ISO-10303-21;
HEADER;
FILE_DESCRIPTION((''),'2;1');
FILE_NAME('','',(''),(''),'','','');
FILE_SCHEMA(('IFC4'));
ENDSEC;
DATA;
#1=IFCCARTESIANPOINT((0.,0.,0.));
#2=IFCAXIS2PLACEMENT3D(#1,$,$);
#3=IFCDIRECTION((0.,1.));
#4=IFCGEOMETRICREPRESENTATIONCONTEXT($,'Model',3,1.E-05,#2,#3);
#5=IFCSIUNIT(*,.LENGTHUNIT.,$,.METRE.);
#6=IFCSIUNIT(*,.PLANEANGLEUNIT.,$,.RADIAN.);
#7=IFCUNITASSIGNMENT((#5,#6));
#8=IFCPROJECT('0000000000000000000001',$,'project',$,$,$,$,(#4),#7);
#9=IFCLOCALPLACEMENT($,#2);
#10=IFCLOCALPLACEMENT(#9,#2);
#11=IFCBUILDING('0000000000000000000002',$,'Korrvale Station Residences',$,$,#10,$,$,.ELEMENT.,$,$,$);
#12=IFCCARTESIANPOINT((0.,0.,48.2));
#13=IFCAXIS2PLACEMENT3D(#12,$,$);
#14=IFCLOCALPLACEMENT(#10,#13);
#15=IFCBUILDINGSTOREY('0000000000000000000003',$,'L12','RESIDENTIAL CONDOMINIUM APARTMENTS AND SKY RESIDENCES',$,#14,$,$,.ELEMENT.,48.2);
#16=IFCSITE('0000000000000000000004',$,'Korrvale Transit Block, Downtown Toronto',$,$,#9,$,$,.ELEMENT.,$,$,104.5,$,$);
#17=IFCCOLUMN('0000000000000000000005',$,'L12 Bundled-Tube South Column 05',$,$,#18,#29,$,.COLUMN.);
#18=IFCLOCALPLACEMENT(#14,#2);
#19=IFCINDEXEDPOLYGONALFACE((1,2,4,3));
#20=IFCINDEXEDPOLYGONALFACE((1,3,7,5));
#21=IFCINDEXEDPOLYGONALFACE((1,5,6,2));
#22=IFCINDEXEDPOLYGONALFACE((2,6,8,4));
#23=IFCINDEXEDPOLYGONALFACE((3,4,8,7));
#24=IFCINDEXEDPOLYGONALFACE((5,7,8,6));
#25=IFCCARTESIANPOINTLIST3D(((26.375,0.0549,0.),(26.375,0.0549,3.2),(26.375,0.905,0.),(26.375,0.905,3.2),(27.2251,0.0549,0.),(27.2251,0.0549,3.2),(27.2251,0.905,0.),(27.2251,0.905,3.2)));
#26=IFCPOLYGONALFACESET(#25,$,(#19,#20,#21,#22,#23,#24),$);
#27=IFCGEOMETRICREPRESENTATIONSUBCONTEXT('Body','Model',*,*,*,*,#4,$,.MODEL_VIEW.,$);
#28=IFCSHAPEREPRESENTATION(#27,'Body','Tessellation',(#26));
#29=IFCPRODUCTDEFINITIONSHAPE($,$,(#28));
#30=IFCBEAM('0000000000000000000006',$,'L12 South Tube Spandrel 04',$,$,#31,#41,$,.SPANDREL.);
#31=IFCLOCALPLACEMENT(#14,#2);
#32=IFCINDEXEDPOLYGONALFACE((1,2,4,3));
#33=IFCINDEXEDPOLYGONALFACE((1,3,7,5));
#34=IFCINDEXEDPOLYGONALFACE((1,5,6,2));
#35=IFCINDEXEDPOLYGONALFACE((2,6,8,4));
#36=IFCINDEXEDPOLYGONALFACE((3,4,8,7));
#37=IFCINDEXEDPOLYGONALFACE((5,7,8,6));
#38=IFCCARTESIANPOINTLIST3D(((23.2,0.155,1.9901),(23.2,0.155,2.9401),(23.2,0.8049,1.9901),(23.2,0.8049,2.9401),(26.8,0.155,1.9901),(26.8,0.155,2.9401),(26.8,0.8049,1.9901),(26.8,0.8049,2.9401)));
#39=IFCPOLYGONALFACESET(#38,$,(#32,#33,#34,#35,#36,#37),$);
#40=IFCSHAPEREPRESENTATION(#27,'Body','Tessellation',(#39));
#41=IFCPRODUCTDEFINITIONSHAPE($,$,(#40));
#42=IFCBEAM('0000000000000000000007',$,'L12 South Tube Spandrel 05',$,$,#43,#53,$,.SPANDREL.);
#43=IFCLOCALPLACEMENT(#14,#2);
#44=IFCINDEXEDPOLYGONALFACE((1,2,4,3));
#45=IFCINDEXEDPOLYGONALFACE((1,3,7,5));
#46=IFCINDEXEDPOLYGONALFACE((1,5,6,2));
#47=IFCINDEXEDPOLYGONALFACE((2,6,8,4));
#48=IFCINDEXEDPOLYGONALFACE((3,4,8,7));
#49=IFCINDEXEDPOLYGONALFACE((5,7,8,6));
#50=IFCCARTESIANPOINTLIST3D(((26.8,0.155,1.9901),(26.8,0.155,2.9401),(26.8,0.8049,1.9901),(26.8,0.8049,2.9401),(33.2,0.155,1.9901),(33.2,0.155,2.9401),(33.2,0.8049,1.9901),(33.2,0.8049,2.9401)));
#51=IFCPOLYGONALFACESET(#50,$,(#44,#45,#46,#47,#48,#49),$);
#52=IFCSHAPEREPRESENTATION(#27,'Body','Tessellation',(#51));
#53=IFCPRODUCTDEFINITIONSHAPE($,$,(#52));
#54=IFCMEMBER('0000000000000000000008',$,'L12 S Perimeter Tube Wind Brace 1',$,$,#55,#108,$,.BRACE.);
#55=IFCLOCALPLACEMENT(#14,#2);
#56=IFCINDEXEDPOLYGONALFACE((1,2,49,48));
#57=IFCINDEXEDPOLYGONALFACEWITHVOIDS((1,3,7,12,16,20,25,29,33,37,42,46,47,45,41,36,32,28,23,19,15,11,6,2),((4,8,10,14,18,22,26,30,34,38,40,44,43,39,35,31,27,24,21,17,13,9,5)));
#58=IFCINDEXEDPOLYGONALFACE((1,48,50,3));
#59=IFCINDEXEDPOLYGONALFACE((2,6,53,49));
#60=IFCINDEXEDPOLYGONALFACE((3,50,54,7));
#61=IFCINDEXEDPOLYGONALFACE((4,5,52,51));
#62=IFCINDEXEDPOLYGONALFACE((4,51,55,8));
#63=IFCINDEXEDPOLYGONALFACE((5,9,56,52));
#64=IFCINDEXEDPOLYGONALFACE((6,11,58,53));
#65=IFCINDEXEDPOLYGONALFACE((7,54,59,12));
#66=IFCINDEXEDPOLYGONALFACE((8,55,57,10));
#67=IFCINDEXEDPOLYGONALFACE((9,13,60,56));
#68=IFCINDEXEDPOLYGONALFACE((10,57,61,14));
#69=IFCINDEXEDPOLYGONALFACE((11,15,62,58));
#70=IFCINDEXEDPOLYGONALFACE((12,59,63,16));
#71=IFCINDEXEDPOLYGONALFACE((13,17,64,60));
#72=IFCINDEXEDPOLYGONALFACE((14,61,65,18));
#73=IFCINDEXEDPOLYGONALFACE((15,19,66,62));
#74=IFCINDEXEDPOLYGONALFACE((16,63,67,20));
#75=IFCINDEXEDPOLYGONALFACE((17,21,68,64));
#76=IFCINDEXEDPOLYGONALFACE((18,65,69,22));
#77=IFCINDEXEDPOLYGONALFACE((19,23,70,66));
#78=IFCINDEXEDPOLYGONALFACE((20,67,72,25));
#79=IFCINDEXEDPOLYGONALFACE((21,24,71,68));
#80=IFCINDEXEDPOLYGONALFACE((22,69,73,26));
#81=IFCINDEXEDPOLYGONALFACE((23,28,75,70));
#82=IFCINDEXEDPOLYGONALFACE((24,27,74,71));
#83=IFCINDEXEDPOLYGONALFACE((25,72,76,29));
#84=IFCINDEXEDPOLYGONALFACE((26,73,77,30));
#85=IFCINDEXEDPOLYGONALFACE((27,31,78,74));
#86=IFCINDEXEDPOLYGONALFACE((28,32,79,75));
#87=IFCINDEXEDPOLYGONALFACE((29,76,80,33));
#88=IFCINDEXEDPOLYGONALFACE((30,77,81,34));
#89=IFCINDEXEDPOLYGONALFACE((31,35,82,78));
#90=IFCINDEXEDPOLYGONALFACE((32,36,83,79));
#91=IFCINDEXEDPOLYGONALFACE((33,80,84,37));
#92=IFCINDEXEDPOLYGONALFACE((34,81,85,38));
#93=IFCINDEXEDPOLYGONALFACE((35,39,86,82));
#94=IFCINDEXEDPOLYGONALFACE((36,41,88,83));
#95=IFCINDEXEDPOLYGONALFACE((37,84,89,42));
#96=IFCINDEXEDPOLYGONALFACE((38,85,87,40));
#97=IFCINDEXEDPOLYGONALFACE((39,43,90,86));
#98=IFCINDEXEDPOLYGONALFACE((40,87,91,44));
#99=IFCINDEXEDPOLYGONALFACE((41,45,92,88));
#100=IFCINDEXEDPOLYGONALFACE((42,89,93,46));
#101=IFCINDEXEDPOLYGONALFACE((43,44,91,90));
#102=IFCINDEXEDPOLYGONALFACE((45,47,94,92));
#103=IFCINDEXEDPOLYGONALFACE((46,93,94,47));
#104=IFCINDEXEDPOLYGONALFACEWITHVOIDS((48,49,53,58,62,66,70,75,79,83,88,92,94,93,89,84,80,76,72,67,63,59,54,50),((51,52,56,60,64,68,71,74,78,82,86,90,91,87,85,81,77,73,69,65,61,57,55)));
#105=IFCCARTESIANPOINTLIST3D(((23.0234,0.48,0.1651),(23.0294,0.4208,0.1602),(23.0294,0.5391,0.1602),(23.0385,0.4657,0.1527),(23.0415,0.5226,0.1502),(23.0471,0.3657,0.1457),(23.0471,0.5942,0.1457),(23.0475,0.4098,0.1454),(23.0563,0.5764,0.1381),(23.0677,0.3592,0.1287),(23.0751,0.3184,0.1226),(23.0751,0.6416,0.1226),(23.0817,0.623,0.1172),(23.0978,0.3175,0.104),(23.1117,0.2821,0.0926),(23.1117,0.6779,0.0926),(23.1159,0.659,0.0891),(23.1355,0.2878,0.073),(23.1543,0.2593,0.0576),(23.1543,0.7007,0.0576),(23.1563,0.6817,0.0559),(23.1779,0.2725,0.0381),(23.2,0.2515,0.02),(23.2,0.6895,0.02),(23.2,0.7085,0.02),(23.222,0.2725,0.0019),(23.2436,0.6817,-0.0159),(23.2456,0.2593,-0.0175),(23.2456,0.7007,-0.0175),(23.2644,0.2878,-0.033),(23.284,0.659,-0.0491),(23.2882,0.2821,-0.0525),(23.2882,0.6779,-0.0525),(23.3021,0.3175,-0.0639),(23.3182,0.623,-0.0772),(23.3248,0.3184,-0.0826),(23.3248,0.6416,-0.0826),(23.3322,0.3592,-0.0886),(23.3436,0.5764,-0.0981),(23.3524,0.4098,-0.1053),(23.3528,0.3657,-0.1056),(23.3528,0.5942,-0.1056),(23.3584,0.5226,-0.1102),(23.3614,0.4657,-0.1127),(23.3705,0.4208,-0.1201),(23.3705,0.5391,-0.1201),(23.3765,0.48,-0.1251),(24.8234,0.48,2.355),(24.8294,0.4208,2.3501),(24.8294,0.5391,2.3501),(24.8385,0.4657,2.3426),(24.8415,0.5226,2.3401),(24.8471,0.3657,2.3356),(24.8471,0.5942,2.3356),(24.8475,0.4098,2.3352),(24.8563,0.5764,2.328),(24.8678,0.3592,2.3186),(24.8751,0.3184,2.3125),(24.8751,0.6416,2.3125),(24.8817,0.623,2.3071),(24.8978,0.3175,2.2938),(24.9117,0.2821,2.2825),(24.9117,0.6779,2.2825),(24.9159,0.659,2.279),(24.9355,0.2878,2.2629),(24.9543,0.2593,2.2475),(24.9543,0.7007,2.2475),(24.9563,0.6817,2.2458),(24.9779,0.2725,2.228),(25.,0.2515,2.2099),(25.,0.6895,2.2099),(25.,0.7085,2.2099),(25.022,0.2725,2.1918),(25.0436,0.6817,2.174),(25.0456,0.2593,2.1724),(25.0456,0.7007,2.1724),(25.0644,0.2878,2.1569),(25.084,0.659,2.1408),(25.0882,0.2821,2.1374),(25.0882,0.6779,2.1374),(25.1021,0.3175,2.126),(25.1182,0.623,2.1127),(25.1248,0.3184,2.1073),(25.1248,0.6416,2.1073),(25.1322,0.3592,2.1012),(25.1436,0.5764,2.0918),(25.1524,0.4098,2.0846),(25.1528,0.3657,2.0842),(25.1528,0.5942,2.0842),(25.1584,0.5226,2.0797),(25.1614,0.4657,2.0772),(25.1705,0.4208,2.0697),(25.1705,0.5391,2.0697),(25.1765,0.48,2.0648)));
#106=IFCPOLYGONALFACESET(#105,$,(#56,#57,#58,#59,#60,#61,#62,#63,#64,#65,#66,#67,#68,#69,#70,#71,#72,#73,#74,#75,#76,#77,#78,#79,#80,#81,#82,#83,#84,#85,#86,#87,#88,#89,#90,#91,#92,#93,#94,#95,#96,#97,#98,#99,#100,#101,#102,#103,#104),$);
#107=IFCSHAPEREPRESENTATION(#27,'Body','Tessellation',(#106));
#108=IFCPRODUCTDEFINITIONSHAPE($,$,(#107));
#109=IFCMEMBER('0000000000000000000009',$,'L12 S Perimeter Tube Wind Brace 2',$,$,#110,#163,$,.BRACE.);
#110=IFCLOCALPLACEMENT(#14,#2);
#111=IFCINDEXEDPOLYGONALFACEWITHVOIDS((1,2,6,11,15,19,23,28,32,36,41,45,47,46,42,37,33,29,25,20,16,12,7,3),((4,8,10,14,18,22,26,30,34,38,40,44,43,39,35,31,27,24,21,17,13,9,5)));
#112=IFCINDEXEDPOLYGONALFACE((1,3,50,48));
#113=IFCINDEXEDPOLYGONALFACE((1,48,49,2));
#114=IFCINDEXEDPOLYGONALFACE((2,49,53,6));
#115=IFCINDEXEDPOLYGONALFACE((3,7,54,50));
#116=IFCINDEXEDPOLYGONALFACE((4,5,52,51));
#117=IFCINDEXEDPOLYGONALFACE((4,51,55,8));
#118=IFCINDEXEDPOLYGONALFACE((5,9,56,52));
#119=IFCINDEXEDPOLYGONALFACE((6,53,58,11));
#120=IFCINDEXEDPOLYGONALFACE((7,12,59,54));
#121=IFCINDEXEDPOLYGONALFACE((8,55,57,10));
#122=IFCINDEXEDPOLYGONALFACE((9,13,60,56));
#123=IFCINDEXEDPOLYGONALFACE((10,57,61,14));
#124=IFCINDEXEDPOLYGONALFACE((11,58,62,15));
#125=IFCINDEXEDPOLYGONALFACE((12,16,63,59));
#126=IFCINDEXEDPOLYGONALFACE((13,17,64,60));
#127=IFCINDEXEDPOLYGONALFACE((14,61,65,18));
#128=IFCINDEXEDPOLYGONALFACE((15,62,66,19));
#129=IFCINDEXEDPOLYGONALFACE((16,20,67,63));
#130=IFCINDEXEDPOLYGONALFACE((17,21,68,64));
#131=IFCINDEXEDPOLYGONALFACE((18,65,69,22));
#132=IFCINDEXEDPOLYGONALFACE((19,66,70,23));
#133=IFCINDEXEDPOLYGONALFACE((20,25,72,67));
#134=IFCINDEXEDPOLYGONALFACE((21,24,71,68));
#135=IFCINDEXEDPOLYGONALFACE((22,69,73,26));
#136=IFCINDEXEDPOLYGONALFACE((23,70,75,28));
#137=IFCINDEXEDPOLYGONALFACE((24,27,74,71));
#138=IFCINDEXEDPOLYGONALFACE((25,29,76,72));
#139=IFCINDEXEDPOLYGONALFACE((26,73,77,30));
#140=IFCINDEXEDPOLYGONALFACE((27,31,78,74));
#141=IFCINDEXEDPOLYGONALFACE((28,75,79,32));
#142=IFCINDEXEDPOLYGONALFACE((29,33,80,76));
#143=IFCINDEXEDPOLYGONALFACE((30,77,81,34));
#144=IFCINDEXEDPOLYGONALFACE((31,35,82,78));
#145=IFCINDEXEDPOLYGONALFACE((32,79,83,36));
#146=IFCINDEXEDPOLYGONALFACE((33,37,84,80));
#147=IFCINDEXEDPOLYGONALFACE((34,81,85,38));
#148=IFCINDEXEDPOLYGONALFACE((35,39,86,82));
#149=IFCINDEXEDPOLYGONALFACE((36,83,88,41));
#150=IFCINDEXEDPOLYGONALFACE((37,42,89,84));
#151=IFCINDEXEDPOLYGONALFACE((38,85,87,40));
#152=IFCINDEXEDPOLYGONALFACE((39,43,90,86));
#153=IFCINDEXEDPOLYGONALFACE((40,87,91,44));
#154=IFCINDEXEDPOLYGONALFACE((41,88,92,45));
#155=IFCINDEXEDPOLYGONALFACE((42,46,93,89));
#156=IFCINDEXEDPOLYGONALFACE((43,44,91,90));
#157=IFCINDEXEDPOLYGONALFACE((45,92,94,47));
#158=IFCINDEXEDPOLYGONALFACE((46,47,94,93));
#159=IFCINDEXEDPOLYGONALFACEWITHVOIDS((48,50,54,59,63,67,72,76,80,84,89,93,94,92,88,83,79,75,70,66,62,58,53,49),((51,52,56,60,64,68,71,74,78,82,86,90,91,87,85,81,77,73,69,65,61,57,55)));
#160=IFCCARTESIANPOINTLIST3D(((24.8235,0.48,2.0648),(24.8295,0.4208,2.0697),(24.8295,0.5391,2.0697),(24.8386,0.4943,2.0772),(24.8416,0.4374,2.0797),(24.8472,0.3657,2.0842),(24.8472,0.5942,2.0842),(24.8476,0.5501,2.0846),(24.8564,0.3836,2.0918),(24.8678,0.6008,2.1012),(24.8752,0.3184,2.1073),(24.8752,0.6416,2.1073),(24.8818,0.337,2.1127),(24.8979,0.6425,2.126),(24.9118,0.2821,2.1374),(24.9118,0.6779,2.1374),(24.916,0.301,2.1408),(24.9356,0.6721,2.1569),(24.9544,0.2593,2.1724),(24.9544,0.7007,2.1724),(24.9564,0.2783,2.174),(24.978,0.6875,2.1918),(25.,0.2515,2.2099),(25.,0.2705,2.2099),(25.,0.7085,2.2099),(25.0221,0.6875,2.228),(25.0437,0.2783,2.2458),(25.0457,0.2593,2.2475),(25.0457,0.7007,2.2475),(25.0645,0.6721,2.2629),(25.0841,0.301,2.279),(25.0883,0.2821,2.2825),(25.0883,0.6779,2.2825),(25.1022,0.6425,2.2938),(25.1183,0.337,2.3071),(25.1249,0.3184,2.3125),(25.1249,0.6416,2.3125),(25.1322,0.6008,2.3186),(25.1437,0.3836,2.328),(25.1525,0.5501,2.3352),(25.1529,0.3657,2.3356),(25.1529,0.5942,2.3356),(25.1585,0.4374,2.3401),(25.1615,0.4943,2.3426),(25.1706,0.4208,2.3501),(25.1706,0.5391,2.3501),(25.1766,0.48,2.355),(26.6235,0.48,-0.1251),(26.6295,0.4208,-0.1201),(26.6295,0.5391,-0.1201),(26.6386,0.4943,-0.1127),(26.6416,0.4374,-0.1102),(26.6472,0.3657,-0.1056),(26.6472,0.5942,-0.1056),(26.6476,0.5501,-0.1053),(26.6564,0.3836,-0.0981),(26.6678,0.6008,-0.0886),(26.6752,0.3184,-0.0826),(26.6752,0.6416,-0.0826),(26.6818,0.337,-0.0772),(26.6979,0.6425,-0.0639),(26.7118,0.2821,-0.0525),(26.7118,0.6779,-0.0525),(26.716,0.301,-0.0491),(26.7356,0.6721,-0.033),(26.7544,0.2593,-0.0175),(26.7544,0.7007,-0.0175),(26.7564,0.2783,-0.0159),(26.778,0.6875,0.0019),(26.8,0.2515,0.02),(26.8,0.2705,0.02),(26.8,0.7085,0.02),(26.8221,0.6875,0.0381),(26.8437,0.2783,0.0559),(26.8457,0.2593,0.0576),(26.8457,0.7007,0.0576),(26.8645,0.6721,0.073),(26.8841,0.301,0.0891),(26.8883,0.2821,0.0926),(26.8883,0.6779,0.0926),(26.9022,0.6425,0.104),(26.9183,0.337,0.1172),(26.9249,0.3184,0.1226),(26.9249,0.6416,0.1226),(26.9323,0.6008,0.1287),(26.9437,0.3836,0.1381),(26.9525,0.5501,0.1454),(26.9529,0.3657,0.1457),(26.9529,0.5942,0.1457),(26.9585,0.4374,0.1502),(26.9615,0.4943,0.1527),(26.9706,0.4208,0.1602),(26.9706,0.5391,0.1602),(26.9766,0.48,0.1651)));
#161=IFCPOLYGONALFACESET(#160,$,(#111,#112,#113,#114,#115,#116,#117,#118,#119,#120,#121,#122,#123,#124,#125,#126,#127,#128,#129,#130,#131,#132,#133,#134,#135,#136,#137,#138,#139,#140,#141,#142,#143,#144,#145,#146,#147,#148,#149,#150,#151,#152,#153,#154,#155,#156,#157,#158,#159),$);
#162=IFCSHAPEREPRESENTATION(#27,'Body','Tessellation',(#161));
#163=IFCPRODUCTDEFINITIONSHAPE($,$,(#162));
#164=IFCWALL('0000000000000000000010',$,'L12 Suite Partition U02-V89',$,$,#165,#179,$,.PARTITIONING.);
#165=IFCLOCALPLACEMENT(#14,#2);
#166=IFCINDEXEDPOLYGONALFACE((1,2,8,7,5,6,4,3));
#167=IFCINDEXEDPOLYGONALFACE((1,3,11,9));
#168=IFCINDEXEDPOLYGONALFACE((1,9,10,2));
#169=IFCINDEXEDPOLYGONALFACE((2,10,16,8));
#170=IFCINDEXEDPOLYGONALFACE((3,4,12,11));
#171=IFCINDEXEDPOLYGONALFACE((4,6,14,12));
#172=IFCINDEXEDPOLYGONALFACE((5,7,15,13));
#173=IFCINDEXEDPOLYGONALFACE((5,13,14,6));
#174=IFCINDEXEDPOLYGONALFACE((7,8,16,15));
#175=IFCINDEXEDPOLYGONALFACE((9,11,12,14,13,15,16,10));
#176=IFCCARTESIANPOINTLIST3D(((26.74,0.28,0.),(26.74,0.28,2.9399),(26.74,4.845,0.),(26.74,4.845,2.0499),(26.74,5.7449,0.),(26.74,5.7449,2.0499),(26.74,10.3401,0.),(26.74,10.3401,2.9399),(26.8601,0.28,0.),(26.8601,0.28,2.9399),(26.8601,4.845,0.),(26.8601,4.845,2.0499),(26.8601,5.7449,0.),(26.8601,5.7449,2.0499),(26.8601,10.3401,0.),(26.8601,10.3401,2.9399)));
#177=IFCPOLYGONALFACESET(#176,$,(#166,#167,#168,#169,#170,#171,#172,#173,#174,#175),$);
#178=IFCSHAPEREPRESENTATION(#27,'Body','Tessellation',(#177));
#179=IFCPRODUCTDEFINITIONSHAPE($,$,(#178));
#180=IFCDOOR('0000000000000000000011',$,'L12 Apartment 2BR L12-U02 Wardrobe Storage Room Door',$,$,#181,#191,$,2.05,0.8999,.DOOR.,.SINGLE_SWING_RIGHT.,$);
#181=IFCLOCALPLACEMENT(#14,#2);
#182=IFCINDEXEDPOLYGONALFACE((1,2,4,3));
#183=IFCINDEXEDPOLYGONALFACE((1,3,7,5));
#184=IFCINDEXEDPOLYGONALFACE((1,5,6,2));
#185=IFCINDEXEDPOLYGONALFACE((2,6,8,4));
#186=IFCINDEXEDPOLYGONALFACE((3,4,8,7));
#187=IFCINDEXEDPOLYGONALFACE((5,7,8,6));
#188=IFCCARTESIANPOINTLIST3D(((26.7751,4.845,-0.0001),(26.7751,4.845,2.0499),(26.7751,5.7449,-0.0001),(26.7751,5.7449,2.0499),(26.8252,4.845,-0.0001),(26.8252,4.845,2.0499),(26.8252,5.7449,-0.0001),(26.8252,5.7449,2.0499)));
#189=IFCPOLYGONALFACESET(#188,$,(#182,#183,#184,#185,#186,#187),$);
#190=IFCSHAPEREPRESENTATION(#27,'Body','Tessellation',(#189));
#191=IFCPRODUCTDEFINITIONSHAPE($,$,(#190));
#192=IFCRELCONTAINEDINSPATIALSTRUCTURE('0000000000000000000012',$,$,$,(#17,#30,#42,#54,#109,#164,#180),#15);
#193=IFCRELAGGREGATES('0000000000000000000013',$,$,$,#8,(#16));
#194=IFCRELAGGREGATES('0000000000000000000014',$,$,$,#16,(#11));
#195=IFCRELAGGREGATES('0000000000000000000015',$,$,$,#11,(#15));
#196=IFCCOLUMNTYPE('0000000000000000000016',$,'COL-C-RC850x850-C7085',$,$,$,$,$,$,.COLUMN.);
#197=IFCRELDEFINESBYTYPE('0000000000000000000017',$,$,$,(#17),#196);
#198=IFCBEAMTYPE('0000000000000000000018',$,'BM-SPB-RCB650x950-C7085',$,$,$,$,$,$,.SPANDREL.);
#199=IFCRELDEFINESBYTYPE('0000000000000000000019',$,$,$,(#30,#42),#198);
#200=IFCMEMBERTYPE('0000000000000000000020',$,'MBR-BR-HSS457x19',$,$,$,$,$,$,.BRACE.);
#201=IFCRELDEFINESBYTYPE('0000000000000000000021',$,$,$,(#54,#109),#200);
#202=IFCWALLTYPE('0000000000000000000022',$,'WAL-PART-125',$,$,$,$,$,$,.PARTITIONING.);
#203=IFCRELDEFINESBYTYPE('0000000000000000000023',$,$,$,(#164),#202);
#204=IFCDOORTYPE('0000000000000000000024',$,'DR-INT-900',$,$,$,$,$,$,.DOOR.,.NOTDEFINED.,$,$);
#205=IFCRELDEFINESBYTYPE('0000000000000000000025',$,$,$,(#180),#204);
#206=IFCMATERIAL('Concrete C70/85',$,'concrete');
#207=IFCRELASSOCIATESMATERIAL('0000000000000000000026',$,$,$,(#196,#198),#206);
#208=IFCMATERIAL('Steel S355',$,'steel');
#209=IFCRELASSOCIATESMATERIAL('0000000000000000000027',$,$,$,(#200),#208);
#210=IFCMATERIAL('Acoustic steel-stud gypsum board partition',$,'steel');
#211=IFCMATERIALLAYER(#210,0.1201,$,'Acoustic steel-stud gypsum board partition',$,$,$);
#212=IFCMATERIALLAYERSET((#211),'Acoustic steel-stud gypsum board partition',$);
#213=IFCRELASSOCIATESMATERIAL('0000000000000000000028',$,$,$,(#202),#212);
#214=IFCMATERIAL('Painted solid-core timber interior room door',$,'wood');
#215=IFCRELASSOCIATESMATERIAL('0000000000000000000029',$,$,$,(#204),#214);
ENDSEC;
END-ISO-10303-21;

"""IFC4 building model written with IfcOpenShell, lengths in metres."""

from ifc_helpers import new_model, si_unit, direction, frame, frame_2d, origin, origin_2d, place, context, subcontext, project, spatial, rectangle, hollow_circle, extrude, material, layer, layer_set, material_profile, profile_set, type_object, element, fill, save


model = new_model("IFC4")

# Units and contexts
model_context = context("Model", 3, precision=1e-05, world=origin(), true_north=direction((0.0, 1.0)))
body_context = subcontext(model_context, "Body", "Model", "MODEL_VIEW")
ifc_project = project(units=[si_unit("LENGTHUNIT", "METRE"), si_unit("PLANEANGLEUNIT", "RADIAN")], contexts=[model_context])

# Site, building, storey
site_placement = place(None, origin())
site = spatial("IfcSite", under=ifc_project, at=site_placement, Name="Korrvale Transit Block, Downtown Toronto", CompositionType="ELEMENT", RefElevation=104.5)
building_placement = place(site_placement, origin())
building = spatial("IfcBuilding", under=site, at=building_placement, Name="Korrvale Station Residences", CompositionType="ELEMENT")
storey_placement = place(building_placement, frame((0.0, 0.0, 48.2)))
storey = spatial("IfcBuildingStorey", under=building, at=storey_placement, Name="L12", Description="RESIDENTIAL CONDOMINIUM APARTMENTS AND SKY RESIDENCES", CompositionType="ELEMENT", Elevation=48.2)

# Column
ifc_material_1 = material(Name="Concrete C70/85", Category="concrete")
ifc_material_profile_1 = material_profile(ifc_material_1, rectangle(XDim=0.8501, YDim=0.8501, at=origin_2d()), Name="RC850x850")
ifc_profile_set_1 = profile_set([ifc_material_profile_1], Name="Concrete C70/85")
column_type = type_object("IfcColumnType", Name="COL-C-RC850x850-C7085", PredefinedType="COLUMN", material=ifc_profile_set_1)
column_placement = place(storey_placement, frame((26.8, 0.48, 0.0), z_axis=(0.0, 0.0, 1.0), x_axis=(1.0, 0.0, 0.0)))
element("IfcColumn", 1, at=column_placement, inside=storey, type_object=column_type, Name="L12 Bundled-Tube South Column 05", PredefinedType="COLUMN", context=body_context, shape_type="SweptSolid", body=[
    extrude(rectangle(XDim=0.8501, YDim=0.8501, at=origin_2d()), origin(), (0.0, 0.0, 1.0), 3.2),
])

# Beams
ifc_material_profile_2 = material_profile(ifc_material_1, rectangle(XDim=0.6499, YDim=0.95, at=origin_2d()), Name="RCB650x950")
ifc_profile_set_2 = profile_set([ifc_material_profile_2], Name="Concrete C70/85")
beam_type = type_object("IfcBeamType", Name="BM-SPB-RCB650x950-C7085", PredefinedType="SPANDREL", material=ifc_profile_set_2)
beam_1_placement = place(storey_placement, frame((23.2, 0.48, 2.4651), z_axis=(1.0, 0.0, 0.0), x_axis=(0.0, 1.0, 0.0)))
element("IfcBeam", 2, at=beam_1_placement, inside=storey, type_object=beam_type, Name="L12 South Tube Spandrel 04", PredefinedType="SPANDREL", context=body_context, shape_type="SweptSolid", body=[
    extrude(rectangle(XDim=0.6499, YDim=0.95, at=origin_2d()), origin(), (0.0, 0.0, 1.0), 3.6001),
])
beam_2_placement = place(storey_placement, frame((26.8, 0.48, 2.4651), z_axis=(1.0, 0.0, 0.0), x_axis=(0.0, 1.0, 0.0)))
element("IfcBeam", 3, at=beam_2_placement, inside=storey, type_object=beam_type, Name="L12 South Tube Spandrel 05", PredefinedType="SPANDREL", context=body_context, shape_type="SweptSolid", body=[
    extrude(rectangle(XDim=0.6499, YDim=0.95, at=origin_2d()), origin(), (0.0, 0.0, 1.0), 6.3999),
])

# Members
ifc_material_2 = material(Name="Steel S355", Category="steel")
ifc_material_profile_3 = material_profile(ifc_material_2, hollow_circle(Radius=0.2285, WallThickness=0.019, at=origin_2d()), Name="HSS457x19")
ifc_profile_set_3 = profile_set([ifc_material_profile_3], Name="Steel S355")
member_type = type_object("IfcMemberType", Name="MBR-BR-HSS457x19", PredefinedType="BRACE", material=ifc_profile_set_3)
for number, where, z_axis, x_axis, name in (
    (4, (23.2, 0.48, 0.02), (0.634985, 0.0, 0.772524), (0.0, 1.0, 0.0), "L12 S Perimeter Tube Wind Brace 1"),
    (5, (26.8, 0.48, 0.02), (-0.634985, 0.0, 0.772524), (0.0, -1.0, 0.0), "L12 S Perimeter Tube Wind Brace 2"),
):
    element("IfcMember", number, at=place(storey_placement, frame(where, z_axis=z_axis, x_axis=x_axis)), inside=storey, type_object=member_type, Name=name, PredefinedType="BRACE", context=body_context, shape_type="SweptSolid", body=[
        extrude(hollow_circle(Radius=0.2285, WallThickness=0.019, at=origin_2d()), origin(), (0.0, 0.0, 1.0), 2.8347),
    ])

# Wall, opening, door
ifc_material_3 = material(Name="Acoustic steel-stud gypsum board partition", Category="steel")
ifc_layer_1 = layer(ifc_material_3, 0.1201, Name="Acoustic steel-stud gypsum board partition")
ifc_layer_set_1 = layer_set([ifc_layer_1], Name="Acoustic steel-stud gypsum board partition")
wall_type = type_object("IfcWallType", Name="WAL-PART-125", PredefinedType="PARTITIONING", material=ifc_layer_set_1)
wall_1_placement = place(storey_placement, frame((26.8, 0.28, 0.0), z_axis=(0.0, 0.0, 1.0), x_axis=(0.0, 1.0, 0.0)))
wall_1 = element("IfcWall", 6, at=wall_1_placement, inside=storey, type_object=wall_type, Name="L12 Suite Partition U02-V89", PredefinedType="PARTITIONING", context=body_context, shape_type="SweptSolid", body=[
    extrude(rectangle(XDim=10.0601, YDim=0.1201, at=frame_2d((5.03, 0.0))), origin(), (0.0, 0.0, 1.0), 2.9399),
])
opening_1_placement = place(wall_1_placement, frame((4.5649, 0.0, 0.0)))
opening_1 = element("IfcOpeningElement", 7, at=opening_1_placement, cuts=wall_1, PredefinedType="OPENING", context=body_context, shape_type="SweptSolid", body=[
    extrude(rectangle(XDim=0.8999, YDim=2.05, at=frame_2d((0.45, 1.0249))), frame((0.0, 0.0701, 0.0), z_axis=(0.0, -1.0, 0.0), x_axis=(1.0, 0.0, 0.0)), (0.0, 0.0, 1.0), 0.1401),
])
ifc_material_4 = material(Name="Painted solid-core timber interior room door", Category="wood")
door_type = type_object("IfcDoorType", Name="DR-INT-900", OperationType="NOTDEFINED", PredefinedType="DOOR", material=ifc_material_4)
door_1_placement = place(opening_1_placement, origin())
door_1 = element("IfcDoor", 8, at=door_1_placement, inside=storey, type_object=door_type, Name="L12 Apartment 2BR L12-U02 Wardrobe Storage Room Door", OperationType="SINGLE_SWING_RIGHT", OverallHeight=2.05, OverallWidth=0.8999, PredefinedType="DOOR", context=body_context, shape_type="SweptSolid", body=[
    extrude(rectangle(XDim=0.8999, YDim=2.05, at=frame_2d((0.45, 1.0249))), frame((0.0, 0.0249, 0.0), z_axis=(0.0, -1.0, 0.0), x_axis=(1.0, 0.0, 0.0)), (0.0, 0.0, 1.0), 0.05),
])
fill(opening_1, door_1)

save(model, "model.ifc")
